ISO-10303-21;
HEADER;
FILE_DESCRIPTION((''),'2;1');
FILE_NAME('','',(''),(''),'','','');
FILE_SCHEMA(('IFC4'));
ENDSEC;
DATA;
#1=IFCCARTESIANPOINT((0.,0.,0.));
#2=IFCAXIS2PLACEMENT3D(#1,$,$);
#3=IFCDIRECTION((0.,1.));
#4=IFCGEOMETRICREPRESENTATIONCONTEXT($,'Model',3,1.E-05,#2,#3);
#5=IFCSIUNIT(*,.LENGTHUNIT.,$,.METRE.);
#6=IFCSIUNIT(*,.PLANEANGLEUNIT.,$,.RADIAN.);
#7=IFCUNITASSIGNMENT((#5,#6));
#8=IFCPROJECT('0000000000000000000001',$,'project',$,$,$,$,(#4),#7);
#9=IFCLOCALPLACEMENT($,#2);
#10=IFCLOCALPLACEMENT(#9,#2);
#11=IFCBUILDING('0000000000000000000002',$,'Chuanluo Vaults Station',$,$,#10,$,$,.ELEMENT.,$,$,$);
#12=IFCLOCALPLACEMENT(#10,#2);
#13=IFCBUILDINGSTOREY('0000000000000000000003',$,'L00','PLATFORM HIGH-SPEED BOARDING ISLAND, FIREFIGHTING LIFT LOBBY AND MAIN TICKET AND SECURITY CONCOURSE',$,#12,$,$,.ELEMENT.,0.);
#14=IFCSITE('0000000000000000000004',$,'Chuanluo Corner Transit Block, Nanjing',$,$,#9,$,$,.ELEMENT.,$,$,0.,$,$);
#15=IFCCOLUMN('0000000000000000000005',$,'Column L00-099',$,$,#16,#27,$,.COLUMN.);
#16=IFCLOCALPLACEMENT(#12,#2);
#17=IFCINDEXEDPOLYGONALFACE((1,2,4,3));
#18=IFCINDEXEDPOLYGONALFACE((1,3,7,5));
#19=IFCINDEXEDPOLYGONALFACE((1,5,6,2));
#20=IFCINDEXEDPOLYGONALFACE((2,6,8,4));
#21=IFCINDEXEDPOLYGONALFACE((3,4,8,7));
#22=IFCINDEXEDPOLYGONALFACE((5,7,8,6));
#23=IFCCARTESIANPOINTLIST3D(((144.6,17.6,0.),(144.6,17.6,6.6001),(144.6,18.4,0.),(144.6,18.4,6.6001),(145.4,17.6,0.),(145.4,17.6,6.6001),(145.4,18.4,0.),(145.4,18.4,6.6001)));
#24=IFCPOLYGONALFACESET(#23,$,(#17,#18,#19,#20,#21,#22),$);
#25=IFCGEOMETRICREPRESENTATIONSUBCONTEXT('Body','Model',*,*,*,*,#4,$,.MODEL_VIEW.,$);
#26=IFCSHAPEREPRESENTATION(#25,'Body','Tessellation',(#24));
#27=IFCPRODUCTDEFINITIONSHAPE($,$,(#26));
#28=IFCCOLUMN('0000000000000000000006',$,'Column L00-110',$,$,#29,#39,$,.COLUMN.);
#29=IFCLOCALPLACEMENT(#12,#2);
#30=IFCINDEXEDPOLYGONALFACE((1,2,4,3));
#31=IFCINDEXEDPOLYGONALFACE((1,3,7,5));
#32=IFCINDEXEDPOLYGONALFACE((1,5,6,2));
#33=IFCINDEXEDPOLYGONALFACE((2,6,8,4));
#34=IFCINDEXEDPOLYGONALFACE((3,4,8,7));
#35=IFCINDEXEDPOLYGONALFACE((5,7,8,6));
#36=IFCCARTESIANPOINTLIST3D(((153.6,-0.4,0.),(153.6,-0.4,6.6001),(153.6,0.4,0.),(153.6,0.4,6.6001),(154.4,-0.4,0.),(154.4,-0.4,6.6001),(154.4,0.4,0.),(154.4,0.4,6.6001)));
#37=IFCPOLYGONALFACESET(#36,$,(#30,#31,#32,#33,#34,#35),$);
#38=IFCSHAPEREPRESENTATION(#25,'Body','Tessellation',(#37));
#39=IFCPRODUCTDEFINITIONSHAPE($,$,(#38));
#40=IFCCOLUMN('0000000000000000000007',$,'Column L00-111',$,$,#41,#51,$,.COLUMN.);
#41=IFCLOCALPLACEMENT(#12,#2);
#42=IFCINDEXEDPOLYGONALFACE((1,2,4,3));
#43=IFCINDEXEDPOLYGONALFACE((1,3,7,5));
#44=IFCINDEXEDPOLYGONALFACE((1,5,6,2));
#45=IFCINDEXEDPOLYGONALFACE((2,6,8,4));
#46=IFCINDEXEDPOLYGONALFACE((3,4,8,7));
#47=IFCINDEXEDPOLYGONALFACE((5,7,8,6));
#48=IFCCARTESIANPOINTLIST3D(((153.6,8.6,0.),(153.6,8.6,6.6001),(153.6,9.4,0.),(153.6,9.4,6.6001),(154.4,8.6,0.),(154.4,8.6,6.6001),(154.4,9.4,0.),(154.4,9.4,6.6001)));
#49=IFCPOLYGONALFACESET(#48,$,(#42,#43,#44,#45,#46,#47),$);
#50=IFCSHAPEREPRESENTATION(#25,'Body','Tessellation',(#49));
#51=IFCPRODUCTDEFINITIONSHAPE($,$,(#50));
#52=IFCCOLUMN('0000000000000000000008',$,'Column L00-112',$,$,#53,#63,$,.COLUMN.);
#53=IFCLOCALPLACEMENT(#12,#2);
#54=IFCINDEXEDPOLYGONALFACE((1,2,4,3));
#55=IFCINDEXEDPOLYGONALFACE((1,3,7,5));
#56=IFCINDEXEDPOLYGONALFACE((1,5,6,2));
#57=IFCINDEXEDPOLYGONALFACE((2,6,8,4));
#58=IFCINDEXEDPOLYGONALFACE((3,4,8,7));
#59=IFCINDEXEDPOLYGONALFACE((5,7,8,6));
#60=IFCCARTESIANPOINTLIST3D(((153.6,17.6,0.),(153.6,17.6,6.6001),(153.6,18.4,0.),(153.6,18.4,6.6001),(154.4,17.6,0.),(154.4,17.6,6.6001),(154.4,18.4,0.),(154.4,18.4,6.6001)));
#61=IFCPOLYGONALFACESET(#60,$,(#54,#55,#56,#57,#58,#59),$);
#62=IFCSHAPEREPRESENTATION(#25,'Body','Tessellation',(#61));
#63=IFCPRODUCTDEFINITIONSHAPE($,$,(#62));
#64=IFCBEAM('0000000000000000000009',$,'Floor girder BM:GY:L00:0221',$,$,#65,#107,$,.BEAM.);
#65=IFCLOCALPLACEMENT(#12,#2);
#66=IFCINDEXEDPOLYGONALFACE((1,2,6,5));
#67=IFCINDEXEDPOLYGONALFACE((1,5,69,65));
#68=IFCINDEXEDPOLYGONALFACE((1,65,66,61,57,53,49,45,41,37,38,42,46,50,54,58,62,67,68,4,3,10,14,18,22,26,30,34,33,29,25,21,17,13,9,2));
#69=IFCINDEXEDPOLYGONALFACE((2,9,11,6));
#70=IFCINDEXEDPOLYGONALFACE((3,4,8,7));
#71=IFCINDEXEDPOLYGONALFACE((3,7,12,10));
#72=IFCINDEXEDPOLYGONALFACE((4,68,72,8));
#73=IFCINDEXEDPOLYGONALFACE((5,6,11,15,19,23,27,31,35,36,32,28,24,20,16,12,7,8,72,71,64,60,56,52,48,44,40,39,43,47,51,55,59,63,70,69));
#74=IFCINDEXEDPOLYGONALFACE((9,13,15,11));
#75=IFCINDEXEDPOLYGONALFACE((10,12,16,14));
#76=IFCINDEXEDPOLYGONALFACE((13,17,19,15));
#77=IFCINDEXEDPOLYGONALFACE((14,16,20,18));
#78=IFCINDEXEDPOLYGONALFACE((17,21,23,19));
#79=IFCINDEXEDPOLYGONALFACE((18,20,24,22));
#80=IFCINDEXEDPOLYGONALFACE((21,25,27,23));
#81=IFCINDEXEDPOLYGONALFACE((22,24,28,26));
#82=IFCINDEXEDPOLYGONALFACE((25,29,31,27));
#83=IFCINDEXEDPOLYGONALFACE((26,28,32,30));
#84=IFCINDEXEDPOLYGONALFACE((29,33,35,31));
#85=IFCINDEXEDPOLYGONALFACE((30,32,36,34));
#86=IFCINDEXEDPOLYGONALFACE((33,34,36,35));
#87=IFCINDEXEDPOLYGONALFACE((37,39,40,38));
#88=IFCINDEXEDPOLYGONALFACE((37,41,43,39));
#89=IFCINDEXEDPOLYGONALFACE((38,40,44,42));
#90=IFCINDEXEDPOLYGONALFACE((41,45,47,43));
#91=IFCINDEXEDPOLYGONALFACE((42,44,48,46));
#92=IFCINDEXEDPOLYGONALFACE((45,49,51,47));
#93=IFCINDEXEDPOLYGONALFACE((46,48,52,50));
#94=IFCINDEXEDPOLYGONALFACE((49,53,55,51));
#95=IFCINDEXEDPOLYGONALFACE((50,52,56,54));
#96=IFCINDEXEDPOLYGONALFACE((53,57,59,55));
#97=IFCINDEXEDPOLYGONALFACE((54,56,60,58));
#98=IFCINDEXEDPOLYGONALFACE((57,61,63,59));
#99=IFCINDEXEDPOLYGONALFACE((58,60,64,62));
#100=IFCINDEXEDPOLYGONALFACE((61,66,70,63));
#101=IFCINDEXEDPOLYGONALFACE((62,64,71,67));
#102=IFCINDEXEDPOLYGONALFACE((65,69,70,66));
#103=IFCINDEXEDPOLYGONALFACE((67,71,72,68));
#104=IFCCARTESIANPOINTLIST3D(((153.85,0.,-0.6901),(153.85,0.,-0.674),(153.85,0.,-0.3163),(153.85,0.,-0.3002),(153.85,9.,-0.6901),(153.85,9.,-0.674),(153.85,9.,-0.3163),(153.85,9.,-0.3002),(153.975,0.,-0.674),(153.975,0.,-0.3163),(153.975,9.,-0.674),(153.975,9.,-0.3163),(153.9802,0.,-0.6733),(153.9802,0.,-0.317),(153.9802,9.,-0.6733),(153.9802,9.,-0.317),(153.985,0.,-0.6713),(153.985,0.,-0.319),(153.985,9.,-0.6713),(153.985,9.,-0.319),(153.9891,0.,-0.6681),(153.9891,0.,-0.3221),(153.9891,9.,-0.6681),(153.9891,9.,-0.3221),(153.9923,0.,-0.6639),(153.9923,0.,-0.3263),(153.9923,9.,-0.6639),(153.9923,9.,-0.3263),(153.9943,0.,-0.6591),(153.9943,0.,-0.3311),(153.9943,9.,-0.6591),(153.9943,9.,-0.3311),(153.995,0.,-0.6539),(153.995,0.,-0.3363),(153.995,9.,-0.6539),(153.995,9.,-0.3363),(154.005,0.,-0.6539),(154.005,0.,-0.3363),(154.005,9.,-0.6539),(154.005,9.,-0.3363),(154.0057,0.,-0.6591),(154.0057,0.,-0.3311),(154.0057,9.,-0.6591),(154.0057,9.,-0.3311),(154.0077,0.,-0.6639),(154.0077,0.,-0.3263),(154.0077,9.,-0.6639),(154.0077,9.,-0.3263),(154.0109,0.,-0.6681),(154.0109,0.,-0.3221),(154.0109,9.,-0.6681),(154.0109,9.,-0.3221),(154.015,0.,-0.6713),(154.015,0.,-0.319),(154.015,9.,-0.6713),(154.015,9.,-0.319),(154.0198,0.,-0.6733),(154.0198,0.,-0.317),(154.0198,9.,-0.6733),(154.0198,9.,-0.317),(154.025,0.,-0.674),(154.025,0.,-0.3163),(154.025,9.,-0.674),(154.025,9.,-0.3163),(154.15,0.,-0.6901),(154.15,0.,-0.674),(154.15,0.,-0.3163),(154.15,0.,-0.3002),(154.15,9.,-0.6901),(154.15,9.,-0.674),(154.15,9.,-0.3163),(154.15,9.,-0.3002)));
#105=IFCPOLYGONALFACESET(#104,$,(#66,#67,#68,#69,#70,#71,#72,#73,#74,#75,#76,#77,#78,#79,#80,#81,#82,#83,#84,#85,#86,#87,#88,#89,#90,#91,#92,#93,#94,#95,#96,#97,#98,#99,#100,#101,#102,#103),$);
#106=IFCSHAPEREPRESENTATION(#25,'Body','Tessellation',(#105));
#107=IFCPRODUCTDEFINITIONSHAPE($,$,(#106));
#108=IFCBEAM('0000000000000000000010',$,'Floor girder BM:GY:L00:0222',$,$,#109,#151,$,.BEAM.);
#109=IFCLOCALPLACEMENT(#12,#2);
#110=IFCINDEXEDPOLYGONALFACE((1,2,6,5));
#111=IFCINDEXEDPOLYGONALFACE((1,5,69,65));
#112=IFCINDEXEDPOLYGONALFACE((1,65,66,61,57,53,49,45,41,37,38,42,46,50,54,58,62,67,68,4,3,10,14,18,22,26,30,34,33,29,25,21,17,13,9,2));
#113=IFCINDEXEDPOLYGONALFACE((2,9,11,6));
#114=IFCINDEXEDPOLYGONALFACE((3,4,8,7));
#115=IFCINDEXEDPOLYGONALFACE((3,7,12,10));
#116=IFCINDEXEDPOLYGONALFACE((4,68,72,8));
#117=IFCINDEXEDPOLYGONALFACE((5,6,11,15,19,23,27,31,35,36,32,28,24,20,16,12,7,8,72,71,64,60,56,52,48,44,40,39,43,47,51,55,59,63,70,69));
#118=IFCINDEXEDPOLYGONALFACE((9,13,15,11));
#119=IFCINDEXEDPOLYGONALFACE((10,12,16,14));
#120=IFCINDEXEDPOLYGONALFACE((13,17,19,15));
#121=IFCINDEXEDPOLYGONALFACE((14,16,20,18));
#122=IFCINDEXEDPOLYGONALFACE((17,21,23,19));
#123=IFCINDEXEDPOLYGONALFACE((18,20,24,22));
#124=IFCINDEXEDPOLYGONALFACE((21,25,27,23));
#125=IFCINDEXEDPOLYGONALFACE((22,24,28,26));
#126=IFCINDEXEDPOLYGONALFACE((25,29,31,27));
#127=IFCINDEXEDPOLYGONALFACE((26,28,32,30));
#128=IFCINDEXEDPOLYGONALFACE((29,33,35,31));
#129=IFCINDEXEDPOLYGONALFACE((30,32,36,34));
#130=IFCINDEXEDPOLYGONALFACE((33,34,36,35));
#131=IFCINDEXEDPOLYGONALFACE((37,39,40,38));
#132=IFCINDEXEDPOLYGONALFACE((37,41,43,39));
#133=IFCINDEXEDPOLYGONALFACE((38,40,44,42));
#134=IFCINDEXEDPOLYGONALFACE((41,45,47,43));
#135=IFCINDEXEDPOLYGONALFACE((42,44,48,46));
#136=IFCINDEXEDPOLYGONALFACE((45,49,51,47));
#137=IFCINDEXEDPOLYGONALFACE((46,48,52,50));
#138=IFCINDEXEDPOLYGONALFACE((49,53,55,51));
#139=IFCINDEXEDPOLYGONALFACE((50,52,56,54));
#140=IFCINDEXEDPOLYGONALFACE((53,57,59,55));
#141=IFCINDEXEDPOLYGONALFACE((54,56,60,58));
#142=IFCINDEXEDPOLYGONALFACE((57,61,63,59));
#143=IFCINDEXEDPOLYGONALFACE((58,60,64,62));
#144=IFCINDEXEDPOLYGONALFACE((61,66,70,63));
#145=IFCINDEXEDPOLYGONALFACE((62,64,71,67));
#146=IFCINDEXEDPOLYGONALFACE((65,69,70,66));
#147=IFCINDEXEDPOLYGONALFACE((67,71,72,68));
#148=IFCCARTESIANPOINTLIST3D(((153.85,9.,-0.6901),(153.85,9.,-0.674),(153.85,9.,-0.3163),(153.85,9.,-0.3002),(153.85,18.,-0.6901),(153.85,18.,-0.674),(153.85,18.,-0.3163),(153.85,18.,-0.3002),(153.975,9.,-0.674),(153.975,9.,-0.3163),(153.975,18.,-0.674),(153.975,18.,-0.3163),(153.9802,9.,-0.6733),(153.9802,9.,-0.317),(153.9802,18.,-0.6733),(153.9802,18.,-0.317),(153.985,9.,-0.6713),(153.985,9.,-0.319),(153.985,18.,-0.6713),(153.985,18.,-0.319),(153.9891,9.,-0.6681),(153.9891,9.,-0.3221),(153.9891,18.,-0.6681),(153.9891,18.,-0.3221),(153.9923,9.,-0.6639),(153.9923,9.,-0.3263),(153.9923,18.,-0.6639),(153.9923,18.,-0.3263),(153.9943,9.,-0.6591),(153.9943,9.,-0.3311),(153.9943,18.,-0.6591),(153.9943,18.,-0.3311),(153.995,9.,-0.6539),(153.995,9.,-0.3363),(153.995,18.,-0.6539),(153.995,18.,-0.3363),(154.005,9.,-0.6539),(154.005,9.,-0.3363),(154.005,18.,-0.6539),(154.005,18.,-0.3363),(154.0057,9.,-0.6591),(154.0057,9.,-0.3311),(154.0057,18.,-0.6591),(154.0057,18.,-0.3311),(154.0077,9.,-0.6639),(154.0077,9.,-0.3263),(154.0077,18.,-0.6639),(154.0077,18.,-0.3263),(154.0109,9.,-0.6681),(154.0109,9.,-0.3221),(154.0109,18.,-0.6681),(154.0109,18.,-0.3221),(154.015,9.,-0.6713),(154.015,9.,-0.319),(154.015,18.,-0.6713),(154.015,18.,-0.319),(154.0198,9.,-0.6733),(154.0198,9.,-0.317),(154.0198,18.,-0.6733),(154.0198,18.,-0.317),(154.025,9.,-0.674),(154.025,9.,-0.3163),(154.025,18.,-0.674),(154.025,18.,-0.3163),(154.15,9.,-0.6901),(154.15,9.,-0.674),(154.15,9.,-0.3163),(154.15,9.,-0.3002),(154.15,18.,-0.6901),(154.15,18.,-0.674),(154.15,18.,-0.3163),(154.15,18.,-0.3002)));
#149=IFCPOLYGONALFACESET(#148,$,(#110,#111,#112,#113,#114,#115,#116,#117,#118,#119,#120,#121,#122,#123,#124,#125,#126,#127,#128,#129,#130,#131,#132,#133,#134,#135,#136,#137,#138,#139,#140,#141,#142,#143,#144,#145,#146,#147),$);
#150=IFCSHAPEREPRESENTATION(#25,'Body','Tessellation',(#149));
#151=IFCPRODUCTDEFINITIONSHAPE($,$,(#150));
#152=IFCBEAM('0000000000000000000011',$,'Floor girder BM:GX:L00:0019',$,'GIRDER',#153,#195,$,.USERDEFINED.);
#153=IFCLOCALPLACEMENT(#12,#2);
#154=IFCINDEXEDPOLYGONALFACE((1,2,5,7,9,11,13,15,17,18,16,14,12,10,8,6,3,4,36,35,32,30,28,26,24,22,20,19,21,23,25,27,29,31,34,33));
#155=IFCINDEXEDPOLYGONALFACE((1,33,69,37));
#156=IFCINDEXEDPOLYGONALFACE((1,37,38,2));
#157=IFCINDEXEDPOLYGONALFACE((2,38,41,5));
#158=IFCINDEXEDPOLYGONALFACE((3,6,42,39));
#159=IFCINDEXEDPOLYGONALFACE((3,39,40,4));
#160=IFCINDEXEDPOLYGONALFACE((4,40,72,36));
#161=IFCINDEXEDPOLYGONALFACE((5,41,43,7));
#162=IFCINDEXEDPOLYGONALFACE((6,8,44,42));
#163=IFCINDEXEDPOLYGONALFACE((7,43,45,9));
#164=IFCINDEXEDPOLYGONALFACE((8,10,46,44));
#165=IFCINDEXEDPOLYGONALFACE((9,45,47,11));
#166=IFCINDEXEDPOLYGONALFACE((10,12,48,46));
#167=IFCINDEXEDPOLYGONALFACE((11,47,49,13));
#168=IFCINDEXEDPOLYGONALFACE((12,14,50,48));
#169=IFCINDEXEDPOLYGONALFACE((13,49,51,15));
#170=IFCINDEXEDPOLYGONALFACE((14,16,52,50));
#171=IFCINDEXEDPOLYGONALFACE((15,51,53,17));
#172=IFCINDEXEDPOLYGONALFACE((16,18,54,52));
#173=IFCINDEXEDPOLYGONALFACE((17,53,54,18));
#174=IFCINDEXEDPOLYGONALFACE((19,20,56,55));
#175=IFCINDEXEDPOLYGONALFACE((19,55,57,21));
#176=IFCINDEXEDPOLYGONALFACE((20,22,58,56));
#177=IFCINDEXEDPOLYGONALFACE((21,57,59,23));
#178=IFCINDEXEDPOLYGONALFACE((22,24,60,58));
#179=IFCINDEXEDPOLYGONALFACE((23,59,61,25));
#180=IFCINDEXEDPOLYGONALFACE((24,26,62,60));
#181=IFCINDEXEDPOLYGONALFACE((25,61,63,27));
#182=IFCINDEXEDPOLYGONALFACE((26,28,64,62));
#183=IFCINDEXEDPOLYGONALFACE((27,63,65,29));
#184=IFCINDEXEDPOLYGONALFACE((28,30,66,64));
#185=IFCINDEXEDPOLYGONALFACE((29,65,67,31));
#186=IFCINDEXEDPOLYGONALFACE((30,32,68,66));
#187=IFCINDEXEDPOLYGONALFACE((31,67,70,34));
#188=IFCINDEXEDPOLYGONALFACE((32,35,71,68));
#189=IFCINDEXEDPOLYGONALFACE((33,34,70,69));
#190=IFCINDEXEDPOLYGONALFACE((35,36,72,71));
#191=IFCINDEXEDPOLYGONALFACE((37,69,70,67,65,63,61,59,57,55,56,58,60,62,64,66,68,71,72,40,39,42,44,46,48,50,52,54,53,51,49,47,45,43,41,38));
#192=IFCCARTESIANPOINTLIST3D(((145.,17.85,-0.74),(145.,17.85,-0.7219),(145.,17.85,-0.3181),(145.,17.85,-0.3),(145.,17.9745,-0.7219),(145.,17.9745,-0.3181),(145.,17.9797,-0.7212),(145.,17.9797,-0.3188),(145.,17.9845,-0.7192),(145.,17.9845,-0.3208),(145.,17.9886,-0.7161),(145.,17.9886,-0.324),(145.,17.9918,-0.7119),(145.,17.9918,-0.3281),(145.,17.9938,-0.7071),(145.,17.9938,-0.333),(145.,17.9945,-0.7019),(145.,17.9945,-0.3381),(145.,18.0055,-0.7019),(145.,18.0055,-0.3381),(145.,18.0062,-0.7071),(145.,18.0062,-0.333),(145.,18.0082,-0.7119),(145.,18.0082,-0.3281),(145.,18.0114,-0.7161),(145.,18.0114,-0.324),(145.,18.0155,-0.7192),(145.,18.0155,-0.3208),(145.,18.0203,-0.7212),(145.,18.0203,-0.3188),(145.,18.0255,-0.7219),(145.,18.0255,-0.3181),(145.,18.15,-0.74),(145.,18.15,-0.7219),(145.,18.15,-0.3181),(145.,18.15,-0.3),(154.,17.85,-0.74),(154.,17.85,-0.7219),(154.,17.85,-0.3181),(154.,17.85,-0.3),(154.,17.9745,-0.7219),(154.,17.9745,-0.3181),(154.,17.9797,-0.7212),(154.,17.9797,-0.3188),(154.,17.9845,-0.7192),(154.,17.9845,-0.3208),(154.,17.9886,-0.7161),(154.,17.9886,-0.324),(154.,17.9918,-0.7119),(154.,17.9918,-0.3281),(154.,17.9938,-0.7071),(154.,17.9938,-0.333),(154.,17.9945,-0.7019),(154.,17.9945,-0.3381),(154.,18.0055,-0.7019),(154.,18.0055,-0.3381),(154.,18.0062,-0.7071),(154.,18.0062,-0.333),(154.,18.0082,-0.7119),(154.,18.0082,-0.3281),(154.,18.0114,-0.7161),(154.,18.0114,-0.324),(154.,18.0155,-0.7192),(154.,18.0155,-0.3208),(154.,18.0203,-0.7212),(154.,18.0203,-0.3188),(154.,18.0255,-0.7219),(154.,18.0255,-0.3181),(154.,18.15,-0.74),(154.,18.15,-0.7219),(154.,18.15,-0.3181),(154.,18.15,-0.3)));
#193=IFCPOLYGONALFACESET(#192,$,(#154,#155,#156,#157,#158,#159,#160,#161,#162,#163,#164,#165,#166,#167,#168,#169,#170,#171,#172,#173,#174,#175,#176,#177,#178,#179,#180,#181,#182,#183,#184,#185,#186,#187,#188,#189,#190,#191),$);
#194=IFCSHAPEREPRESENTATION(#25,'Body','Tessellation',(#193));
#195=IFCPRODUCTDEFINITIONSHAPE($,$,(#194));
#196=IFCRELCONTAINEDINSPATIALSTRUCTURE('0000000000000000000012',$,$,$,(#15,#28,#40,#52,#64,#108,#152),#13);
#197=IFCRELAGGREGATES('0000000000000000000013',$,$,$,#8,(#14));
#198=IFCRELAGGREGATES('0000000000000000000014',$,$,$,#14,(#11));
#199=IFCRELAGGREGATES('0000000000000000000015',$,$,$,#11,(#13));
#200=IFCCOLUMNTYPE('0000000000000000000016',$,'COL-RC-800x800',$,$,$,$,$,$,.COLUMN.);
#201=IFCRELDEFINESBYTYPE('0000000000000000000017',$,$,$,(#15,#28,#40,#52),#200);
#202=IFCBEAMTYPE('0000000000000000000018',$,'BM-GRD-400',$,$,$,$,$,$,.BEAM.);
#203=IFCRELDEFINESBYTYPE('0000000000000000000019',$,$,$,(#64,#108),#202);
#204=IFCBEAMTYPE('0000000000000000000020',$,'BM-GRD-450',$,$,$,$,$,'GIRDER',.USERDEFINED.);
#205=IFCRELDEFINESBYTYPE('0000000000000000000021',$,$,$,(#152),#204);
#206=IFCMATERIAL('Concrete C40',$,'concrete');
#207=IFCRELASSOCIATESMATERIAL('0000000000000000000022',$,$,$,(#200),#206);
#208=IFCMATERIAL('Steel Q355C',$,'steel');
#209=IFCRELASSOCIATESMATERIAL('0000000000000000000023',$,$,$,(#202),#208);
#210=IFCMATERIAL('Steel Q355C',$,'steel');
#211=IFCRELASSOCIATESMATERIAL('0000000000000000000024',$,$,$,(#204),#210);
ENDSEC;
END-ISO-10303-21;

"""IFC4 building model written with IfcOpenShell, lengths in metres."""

from ifc_helpers import new_model, si_unit, direction, frame, origin, origin_2d, place, context, subcontext, project, spatial, rectangle, i_section, extrude, material, material_profile, profile_set, type_object, element, save


model = new_model("IFC4")

# Units and contexts
model_context = context("Model", 3, precision=1e-05, world=origin(), true_north=direction((0.0, 1.0)))
body_context = subcontext(model_context, "Body", "Model", "MODEL_VIEW")
ifc_project = project(units=[si_unit("LENGTHUNIT", "METRE"), si_unit("PLANEANGLEUNIT", "RADIAN")], contexts=[model_context])

# Site, building, storey
site_placement = place(None, origin())
site = spatial("IfcSite", under=ifc_project, at=site_placement, Name="Chuanluo Corner Transit Block, Nanjing", CompositionType="ELEMENT", RefElevation=0.0)
building_placement = place(site_placement, origin())
building = spatial("IfcBuilding", under=site, at=building_placement, Name="Chuanluo Vaults Station", CompositionType="ELEMENT")
storey_placement = place(building_placement, origin())
storey = spatial("IfcBuildingStorey", under=building, at=storey_placement, Name="L00", Description="PLATFORM HIGH-SPEED BOARDING ISLAND, FIREFIGHTING LIFT LOBBY AND MAIN TICKET AND SECURITY CONCOURSE", CompositionType="ELEMENT", Elevation=0.0)

# Columns
ifc_material_1 = material(Name="Concrete C40", Category="concrete")
ifc_material_profile_1 = material_profile(ifc_material_1, rectangle(XDim=0.8, YDim=0.8, at=origin_2d()))
ifc_profile_set_1 = profile_set([ifc_material_profile_1], Name="Concrete C40")
column_type = type_object("IfcColumnType", Name="COL-RC-800x800", PredefinedType="COLUMN", material=ifc_profile_set_1)
for number, where, z_axis, x_axis, name in (
    (1, (145.0, 18.0, 0.0), (0.0, 0.0, 1.0), (1.0, 0.0, 0.0), "Column L00-099"),
    (2, (154.0, 0.0, 0.0), (0.0, 0.0, 1.0), (1.0, 0.0, 0.0), "Column L00-110"),
    (3, (154.0, 9.0, 0.0), (0.0, 0.0, 1.0), (1.0, 0.0, 0.0), "Column L00-111"),
    (4, (154.0, 18.0, 0.0), (0.0, 0.0, 1.0), (1.0, 0.0, 0.0), "Column L00-112"),
):
    element("IfcColumn", number, at=place(storey_placement, frame(where, z_axis=z_axis, x_axis=x_axis)), inside=storey, type_object=column_type, Name=name, PredefinedType="COLUMN", context=body_context, shape_type="SweptSolid", body=[
        extrude(rectangle(XDim=0.8, YDim=0.8, at=origin_2d()), origin(), (0.0, 0.0, 1.0), 6.6001),
    ])

# Beams
ifc_material_2 = material(Name="Steel Q355C", Category="steel")
ifc_material_profile_2 = material_profile(ifc_material_2, i_section(OverallWidth=0.3, OverallDepth=0.3899, WebThickness=0.01, FlangeThickness=0.0161, FilletRadius=0.02, at=origin_2d()))
ifc_profile_set_2 = profile_set([ifc_material_profile_2], Name="Steel Q355C")
beam_type_1 = type_object("IfcBeamType", Name="BM-GRD-400", PredefinedType="BEAM", material=ifc_profile_set_2)
for number, where, z_axis, x_axis, name in (
    (5, (154.0, 0.0, -0.4951), (0.0, 1.0, 0.0), (-1.0, 0.0, 0.0), "Floor girder BM:GY:L00:0221"),
    (6, (154.0, 9.0, -0.4951), (0.0, 1.0, 0.0), (-1.0, 0.0, 0.0), "Floor girder BM:GY:L00:0222"),
):
    element("IfcBeam", number, at=place(storey_placement, frame(where, z_axis=z_axis, x_axis=x_axis)), inside=storey, type_object=beam_type_1, Name=name, PredefinedType="BEAM", context=body_context, shape_type="SweptSolid", body=[
        extrude(i_section(OverallWidth=0.3, OverallDepth=0.3899, WebThickness=0.01, FlangeThickness=0.0161, FilletRadius=0.02, at=origin_2d()), origin(), (0.0, 0.0, 1.0), 9.0),
    ])
ifc_material_3 = material(Name="Steel Q355C", Category="steel")
ifc_material_profile_3 = material_profile(ifc_material_3, i_section(OverallWidth=0.3, OverallDepth=0.4399, WebThickness=0.011, FlangeThickness=0.0181, FilletRadius=0.02, at=origin_2d()))
ifc_profile_set_3 = profile_set([ifc_material_profile_3], Name="Steel Q355C")
beam_type_2 = type_object("IfcBeamType", Name="BM-GRD-450", ElementType="GIRDER", PredefinedType="USERDEFINED", material=ifc_profile_set_3)
for number, where, z_axis, x_axis, name in (
    (7, (145.0, 18.0, -0.52), (1.0, 0.0, 0.0), (0.0, 1.0, 0.0), "Floor girder BM:GX:L00:0019"),
):
    element("IfcBeam", number, at=place(storey_placement, frame(where, z_axis=z_axis, x_axis=x_axis)), inside=storey, type_object=beam_type_2, Name=name, ObjectType="GIRDER", PredefinedType="USERDEFINED", context=body_context, shape_type="SweptSolid", body=[
        extrude(i_section(OverallWidth=0.3, OverallDepth=0.4399, WebThickness=0.011, FlangeThickness=0.0181, FilletRadius=0.02, at=origin_2d()), origin(), (0.0, 0.0, 1.0), 9.0),
    ])

save(model, "model.ifc")
